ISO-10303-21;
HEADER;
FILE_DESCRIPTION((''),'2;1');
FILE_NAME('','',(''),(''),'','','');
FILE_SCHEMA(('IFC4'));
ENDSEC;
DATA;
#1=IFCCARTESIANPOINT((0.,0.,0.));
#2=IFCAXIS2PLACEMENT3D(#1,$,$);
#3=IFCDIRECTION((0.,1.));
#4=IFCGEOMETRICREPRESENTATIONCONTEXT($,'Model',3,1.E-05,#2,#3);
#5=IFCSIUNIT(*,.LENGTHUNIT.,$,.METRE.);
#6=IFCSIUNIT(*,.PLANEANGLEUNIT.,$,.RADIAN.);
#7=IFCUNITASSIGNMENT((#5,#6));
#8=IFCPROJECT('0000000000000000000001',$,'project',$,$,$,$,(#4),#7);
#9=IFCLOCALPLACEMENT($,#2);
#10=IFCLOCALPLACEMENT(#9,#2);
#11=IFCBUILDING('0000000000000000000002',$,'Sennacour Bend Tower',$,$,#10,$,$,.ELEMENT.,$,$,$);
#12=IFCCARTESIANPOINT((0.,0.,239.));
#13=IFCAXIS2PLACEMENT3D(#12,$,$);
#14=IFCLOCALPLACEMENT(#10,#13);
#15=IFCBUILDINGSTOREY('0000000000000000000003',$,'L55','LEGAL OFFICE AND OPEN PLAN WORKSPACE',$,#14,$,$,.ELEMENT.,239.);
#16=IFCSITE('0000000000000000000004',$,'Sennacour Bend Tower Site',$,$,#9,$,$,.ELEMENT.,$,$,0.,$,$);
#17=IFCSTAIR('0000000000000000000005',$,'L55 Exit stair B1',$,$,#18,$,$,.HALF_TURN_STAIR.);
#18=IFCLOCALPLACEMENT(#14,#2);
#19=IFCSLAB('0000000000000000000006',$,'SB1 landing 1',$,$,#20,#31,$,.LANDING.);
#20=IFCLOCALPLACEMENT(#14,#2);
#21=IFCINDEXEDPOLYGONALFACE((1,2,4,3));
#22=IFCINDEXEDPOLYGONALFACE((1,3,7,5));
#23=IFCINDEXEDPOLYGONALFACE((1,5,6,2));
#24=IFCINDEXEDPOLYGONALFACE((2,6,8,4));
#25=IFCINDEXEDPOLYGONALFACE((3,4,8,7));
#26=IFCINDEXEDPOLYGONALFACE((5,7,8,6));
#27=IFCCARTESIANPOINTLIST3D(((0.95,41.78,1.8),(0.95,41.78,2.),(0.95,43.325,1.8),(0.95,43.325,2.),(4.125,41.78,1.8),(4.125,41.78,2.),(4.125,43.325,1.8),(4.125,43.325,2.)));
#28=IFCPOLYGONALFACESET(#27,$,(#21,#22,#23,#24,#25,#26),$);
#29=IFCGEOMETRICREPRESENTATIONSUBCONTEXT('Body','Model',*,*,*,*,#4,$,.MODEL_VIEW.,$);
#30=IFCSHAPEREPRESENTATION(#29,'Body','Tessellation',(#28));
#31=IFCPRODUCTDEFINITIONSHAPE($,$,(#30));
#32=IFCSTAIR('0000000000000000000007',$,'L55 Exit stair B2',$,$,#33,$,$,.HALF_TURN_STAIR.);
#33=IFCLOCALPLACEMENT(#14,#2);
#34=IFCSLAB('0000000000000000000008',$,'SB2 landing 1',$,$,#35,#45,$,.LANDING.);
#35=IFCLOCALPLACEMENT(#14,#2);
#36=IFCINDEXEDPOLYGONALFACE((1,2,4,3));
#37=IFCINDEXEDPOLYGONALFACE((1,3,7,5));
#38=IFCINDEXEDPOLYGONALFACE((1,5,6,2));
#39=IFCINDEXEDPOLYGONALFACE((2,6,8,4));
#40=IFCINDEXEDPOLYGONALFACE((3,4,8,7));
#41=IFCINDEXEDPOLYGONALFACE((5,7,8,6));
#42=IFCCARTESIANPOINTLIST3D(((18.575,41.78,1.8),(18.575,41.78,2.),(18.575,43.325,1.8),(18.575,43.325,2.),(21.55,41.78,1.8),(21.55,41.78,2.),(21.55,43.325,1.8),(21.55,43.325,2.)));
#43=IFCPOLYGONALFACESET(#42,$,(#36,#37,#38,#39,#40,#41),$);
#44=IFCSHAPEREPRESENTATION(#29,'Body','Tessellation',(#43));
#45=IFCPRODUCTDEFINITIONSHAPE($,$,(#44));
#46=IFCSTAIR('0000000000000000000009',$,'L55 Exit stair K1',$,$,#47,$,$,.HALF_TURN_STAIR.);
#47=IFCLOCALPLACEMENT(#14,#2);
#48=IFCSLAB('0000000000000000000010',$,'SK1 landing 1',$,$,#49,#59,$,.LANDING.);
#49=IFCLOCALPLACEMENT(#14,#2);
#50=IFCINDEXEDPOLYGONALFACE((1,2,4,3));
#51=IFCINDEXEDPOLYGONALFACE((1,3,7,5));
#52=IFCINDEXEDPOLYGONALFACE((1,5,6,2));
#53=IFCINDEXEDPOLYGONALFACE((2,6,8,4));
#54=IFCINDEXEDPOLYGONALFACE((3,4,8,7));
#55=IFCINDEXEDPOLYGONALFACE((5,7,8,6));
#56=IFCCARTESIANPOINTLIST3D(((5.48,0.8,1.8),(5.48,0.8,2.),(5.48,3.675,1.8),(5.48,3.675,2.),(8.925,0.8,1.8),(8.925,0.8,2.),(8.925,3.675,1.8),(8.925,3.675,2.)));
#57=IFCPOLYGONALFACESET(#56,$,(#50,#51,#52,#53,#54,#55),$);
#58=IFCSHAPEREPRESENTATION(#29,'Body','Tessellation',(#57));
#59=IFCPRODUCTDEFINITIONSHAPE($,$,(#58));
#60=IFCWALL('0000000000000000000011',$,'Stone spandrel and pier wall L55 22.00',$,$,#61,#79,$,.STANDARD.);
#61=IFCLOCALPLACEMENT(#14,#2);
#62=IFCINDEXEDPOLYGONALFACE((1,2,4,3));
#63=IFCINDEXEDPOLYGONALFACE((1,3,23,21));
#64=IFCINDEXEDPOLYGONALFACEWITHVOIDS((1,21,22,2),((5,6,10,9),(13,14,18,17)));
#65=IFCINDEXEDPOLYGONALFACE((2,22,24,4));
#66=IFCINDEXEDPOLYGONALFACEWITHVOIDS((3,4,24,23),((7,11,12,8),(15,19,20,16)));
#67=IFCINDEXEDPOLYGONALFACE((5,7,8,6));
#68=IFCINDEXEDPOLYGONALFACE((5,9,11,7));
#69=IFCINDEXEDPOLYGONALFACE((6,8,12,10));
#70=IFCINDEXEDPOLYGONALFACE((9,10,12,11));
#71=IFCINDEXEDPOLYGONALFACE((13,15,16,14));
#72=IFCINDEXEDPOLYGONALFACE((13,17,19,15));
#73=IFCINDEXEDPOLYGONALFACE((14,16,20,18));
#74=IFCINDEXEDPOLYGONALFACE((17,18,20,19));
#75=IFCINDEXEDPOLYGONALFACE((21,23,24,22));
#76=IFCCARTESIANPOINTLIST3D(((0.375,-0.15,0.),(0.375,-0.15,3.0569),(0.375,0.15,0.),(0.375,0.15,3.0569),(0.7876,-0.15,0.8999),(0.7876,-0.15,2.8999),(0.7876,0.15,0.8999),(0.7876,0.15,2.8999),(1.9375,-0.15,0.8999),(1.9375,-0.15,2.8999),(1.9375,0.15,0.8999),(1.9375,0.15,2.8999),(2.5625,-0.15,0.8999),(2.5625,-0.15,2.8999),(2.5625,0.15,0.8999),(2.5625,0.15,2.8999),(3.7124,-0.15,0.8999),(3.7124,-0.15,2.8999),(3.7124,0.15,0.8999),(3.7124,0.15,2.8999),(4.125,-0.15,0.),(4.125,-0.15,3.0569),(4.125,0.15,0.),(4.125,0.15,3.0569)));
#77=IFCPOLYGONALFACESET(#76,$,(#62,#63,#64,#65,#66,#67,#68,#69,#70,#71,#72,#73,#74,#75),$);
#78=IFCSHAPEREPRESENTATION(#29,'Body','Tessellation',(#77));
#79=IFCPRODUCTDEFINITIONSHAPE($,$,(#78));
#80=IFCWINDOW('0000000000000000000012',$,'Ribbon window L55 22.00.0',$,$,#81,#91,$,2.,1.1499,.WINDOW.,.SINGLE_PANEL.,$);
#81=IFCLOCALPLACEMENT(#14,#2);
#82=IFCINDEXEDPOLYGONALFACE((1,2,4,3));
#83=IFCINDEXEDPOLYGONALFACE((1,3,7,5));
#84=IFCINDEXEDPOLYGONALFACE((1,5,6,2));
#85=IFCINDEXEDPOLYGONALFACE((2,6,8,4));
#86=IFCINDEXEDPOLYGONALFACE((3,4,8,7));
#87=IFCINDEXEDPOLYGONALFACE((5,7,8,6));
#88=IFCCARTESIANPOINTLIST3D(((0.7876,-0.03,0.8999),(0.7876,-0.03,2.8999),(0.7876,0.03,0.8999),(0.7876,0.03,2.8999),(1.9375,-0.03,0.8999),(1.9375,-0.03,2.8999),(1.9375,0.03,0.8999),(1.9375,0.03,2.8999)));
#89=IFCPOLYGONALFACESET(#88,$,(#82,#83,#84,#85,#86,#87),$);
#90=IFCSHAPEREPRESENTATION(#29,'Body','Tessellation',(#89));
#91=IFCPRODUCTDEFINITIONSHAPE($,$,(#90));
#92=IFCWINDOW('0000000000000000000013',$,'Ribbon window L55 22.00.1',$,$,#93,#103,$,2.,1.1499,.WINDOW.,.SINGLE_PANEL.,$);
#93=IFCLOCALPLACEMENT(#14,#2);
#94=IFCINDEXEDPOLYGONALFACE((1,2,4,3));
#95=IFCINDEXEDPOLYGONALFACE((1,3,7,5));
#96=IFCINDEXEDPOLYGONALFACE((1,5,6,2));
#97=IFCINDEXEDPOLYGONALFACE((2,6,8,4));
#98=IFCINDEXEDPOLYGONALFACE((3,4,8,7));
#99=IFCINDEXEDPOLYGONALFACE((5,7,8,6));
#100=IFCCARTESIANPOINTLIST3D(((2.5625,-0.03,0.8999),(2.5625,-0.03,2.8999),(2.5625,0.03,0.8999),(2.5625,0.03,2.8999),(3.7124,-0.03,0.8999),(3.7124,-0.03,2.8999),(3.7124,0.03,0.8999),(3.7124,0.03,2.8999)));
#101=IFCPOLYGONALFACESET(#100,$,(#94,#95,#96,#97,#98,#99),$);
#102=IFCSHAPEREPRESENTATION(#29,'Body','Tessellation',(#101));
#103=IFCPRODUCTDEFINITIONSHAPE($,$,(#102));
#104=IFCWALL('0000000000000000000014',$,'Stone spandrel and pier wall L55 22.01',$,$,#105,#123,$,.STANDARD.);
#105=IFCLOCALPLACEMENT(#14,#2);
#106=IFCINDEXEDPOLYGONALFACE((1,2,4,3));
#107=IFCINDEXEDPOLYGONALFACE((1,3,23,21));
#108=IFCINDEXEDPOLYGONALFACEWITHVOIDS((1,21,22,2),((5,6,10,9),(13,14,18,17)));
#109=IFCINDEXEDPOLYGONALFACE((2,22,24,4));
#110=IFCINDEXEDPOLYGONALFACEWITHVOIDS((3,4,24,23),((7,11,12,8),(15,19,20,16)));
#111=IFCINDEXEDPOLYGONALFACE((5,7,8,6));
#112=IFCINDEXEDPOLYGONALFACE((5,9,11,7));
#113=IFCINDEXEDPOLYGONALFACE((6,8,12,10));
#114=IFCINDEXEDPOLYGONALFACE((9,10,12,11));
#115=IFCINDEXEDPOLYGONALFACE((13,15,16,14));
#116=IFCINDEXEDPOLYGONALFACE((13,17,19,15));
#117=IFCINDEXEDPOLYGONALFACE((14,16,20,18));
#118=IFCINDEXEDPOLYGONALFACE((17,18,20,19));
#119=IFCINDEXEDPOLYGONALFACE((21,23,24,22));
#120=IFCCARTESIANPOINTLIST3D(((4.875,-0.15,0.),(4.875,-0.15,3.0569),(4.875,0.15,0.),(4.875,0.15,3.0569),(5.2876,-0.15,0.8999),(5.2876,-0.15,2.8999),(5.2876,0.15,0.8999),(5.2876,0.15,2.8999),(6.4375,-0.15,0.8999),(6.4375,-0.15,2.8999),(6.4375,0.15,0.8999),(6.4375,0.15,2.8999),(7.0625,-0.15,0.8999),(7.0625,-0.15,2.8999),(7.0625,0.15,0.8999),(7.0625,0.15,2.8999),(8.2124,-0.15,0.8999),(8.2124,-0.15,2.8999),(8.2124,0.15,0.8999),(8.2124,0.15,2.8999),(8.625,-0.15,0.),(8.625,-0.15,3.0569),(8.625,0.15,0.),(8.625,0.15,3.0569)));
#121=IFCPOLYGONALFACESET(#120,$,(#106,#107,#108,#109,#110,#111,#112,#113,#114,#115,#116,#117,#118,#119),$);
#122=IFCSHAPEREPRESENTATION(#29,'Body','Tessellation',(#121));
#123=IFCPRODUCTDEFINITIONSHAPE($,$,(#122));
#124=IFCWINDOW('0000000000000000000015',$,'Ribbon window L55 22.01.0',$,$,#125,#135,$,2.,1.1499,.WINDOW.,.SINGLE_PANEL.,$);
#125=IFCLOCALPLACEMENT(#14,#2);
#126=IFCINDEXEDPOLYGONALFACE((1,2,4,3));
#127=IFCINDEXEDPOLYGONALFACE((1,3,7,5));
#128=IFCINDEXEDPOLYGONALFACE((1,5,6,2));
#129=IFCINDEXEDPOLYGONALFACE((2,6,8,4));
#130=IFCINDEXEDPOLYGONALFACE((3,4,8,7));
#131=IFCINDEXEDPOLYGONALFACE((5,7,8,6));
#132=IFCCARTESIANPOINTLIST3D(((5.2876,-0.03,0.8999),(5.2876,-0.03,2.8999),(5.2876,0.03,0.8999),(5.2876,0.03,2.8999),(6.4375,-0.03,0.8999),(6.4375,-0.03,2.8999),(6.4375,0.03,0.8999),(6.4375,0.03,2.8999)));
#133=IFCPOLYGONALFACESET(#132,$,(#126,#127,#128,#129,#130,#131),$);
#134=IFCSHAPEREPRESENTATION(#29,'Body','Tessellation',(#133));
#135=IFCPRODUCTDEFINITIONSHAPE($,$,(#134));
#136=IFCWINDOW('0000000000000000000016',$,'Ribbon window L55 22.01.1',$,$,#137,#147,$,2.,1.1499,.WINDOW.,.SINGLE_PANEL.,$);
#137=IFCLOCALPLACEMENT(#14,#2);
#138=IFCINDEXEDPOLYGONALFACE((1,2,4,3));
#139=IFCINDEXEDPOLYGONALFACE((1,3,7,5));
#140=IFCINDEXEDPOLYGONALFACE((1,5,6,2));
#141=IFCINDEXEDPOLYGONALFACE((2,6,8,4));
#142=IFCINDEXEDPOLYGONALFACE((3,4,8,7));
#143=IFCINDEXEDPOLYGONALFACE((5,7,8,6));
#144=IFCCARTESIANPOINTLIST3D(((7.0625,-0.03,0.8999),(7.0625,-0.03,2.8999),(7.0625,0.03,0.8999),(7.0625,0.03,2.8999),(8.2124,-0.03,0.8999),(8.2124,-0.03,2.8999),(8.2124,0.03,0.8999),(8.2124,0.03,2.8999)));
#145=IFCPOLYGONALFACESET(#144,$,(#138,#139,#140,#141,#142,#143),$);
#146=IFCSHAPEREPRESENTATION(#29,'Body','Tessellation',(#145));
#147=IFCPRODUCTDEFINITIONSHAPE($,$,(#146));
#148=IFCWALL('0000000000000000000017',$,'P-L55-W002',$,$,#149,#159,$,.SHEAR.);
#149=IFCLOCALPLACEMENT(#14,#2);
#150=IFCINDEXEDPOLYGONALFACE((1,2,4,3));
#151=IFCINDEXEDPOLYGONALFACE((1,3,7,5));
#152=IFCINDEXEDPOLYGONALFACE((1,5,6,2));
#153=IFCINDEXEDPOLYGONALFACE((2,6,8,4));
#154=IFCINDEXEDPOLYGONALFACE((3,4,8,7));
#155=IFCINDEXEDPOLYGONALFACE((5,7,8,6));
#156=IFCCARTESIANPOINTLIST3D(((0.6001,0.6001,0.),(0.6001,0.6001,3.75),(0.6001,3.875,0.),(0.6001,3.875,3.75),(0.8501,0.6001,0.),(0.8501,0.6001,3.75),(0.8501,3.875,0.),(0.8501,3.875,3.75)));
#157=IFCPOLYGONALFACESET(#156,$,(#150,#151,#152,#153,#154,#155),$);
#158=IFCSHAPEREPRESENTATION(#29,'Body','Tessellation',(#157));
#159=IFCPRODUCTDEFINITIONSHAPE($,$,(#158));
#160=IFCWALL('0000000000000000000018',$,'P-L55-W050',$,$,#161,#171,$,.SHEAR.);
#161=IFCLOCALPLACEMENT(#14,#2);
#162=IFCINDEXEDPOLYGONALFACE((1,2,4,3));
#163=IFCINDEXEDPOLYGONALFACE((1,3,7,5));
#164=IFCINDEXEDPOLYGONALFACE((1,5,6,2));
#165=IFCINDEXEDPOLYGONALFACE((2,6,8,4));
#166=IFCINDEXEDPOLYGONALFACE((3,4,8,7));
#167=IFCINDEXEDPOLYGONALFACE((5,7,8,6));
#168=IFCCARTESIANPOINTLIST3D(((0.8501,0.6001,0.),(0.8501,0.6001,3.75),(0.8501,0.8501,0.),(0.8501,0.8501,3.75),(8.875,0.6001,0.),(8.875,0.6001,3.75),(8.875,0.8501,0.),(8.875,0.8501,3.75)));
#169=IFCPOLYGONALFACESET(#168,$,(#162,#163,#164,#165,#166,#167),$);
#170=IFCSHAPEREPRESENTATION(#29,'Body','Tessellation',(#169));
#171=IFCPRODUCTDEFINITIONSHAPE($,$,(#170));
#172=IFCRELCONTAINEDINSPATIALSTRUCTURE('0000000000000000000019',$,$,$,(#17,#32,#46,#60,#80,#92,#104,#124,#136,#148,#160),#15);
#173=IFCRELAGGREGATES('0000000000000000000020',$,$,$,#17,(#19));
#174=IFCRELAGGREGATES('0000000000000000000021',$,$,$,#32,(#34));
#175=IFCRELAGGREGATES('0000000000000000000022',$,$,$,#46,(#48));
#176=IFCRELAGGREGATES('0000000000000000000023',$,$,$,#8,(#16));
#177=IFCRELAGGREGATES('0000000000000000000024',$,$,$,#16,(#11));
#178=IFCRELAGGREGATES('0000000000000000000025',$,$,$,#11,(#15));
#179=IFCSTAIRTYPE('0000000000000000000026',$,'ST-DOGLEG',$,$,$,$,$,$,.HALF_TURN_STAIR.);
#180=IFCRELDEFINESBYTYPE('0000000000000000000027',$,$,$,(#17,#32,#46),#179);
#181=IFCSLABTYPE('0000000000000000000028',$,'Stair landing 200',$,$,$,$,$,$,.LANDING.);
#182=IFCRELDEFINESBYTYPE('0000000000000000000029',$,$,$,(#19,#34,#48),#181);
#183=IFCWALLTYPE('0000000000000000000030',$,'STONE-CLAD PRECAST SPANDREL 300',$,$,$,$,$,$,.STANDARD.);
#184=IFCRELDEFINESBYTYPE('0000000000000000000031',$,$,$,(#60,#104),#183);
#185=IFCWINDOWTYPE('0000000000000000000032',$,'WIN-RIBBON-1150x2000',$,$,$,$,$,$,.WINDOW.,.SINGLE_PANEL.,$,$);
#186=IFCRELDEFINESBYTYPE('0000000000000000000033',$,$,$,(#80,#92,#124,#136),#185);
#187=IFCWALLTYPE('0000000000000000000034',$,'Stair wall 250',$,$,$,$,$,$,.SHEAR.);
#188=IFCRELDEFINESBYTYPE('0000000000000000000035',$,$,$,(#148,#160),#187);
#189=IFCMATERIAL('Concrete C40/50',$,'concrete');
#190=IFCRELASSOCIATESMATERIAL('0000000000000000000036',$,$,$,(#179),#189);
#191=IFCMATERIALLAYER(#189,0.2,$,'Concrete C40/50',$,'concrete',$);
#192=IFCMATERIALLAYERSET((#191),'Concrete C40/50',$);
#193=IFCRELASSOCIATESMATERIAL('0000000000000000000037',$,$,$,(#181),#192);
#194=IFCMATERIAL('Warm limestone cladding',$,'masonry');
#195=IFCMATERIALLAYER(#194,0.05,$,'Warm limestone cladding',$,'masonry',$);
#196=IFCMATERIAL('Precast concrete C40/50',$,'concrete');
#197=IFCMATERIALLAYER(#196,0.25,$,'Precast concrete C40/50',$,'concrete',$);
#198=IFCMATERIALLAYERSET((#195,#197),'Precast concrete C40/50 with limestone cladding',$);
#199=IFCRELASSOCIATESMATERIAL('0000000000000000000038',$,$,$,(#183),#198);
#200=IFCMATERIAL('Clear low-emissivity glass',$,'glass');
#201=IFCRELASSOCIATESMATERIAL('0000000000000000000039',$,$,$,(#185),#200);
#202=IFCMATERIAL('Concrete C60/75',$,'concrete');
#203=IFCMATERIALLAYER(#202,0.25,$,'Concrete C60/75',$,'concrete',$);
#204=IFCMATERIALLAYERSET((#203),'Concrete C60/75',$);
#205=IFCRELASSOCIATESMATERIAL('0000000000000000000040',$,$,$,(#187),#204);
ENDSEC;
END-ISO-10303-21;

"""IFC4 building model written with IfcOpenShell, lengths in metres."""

from ifc_helpers import new_model, si_unit, direction, frame, frame_2d, origin, place, context, subcontext, project, spatial, polyline, rectangle, outline, extrude, material, layer, layer_set, type_object, element, fill, aggregate, save


model = new_model("IFC4")

# Units and contexts
model_context = context("Model", 3, precision=1e-05, world=origin(), true_north=direction((0.0, 1.0)))
body_context = subcontext(model_context, "Body", "Model", "MODEL_VIEW")
ifc_project = project(units=[si_unit("LENGTHUNIT", "METRE"), si_unit("PLANEANGLEUNIT", "RADIAN")], contexts=[model_context])

# Site, building, storey
site_placement = place(None, origin())
site = spatial("IfcSite", under=ifc_project, at=site_placement, Name="Sennacour Bend Tower Site", CompositionType="ELEMENT", RefElevation=0.0)
building_placement = place(site_placement, origin())
building = spatial("IfcBuilding", under=site, at=building_placement, Name="Sennacour Bend Tower", CompositionType="ELEMENT")
storey_placement = place(building_placement, frame((0.0, 0.0, 239.0)))
storey = spatial("IfcBuildingStorey", under=building, at=storey_placement, Name="L55", Description="LEGAL OFFICE AND OPEN PLAN WORKSPACE", CompositionType="ELEMENT", Elevation=239.0)

# Stairs, slabs
ifc_material_1 = material(Name="Concrete C40/50", Category="concrete")
stair_type = type_object("IfcStairType", Name="ST-DOGLEG", PredefinedType="HALF_TURN_STAIR", material=ifc_material_1)
ifc_layer_1 = layer(ifc_material_1, 0.2, Name="Concrete C40/50", Category="concrete")
ifc_layer_set_1 = layer_set([ifc_layer_1], Name="Concrete C40/50")
slab_type_1 = type_object("IfcSlabType", Name="Stair landing 200", PredefinedType="LANDING", material=ifc_layer_set_1)
stair_1_placement = place(storey_placement, origin())
stair_1 = element("IfcStair", 1, at=stair_1_placement, inside=storey, type_object=stair_type, Name="L55 Exit stair B1", PredefinedType="HALF_TURN_STAIR")
slab_1_placement = place(storey_placement, frame((0.0, 0.0, 1.8)))
slab_1 = element("IfcSlab", 2, at=slab_1_placement, type_object=slab_type_1, Name="SB1 landing 1", PredefinedType="LANDING", context=body_context, shape_type="SweptSolid", body=[
    extrude(outline(polyline([(0.95, 41.78), (4.125, 41.78), (4.125, 43.325), (0.95, 43.325), (0.95, 41.78)])), origin(), (0.0, 0.0, 1.0), 0.2),
])
aggregate(stair_1, [slab_1])
stair_2_placement = place(storey_placement, origin())
stair_2 = element("IfcStair", 3, at=stair_2_placement, inside=storey, type_object=stair_type, Name="L55 Exit stair B2", PredefinedType="HALF_TURN_STAIR")
slab_2_placement = place(storey_placement, frame((0.0, 0.0, 1.8)))
slab_2 = element("IfcSlab", 4, at=slab_2_placement, type_object=slab_type_1, Name="SB2 landing 1", PredefinedType="LANDING", context=body_context, shape_type="SweptSolid", body=[
    extrude(outline(polyline([(18.575, 41.78), (21.55, 41.78), (21.55, 43.325), (18.575, 43.325), (18.575, 41.78)])), origin(), (0.0, 0.0, 1.0), 0.2),
])
aggregate(stair_2, [slab_2])
stair_3_placement = place(storey_placement, origin())
stair_3 = element("IfcStair", 5, at=stair_3_placement, inside=storey, type_object=stair_type, Name="L55 Exit stair K1", PredefinedType="HALF_TURN_STAIR")
slab_3_placement = place(storey_placement, frame((0.0, 0.0, 1.8)))
slab_3 = element("IfcSlab", 6, at=slab_3_placement, type_object=slab_type_1, Name="SK1 landing 1", PredefinedType="LANDING", context=body_context, shape_type="SweptSolid", body=[
    extrude(outline(polyline([(5.48, 0.8), (8.925, 0.8), (8.925, 3.675), (5.48, 3.675), (5.48, 0.8)])), origin(), (0.0, 0.0, 1.0), 0.2),
])

# Walls, openings, windows
ifc_material_2 = material(Name="Warm limestone cladding", Category="masonry")
ifc_layer_2 = layer(ifc_material_2, 0.05, Name="Warm limestone cladding", Category="masonry")
ifc_material_3 = material(Name="Precast concrete C40/50", Category="concrete")
ifc_layer_3 = layer(ifc_material_3, 0.25, Name="Precast concrete C40/50", Category="concrete")
ifc_layer_set_2 = layer_set([ifc_layer_2, ifc_layer_3], Name="Precast concrete C40/50 with limestone cladding")
wall_type_1 = type_object("IfcWallType", Name="STONE-CLAD PRECAST SPANDREL 300", PredefinedType="STANDARD", material=ifc_layer_set_2)
wall_1_placement = place(storey_placement, frame((0.375, 0.0, 0.0), z_axis=(0.0, 0.0, 1.0), x_axis=(1.0, 0.0, 0.0)))
wall_1 = element("IfcWall", 7, at=wall_1_placement, inside=storey, type_object=wall_type_1, Name="Stone spandrel and pier wall L55 22.00", PredefinedType="STANDARD", context=body_context, shape_type="SweptSolid", body=[
    extrude(rectangle(XDim=3.75, YDim=0.3, at=frame_2d((1.875, 0.0))), origin(), (0.0, 0.0, 1.0), 3.0569),
])
opening_1_placement = place(wall_1_placement, frame((0.4126, 0.0, 0.8999)))
opening_1 = element("IfcOpeningElement", 8, at=opening_1_placement, cuts=wall_1, PredefinedType="OPENING", context=body_context, shape_type="SweptSolid", body=[
    extrude(rectangle(XDim=1.1499, YDim=2.0, at=frame_2d((0.575, 1.0))), frame((0.0, 0.1602, 0.0), z_axis=(0.0, -1.0, 0.0), x_axis=(1.0, 0.0, 0.0)), (0.0, 0.0, 1.0), 0.3201),
])
opening_2_placement = place(wall_1_placement, frame((2.1875, 0.0, 0.8999)))
opening_2 = element("IfcOpeningElement", 9, at=opening_2_placement, cuts=wall_1, PredefinedType="OPENING", context=body_context, shape_type="SweptSolid", body=[
    extrude(rectangle(XDim=1.1499, YDim=2.0, at=frame_2d((0.575, 1.0))), frame((0.0, 0.1602, 0.0), z_axis=(0.0, -1.0, 0.0), x_axis=(1.0, 0.0, 0.0)), (0.0, 0.0, 1.0), 0.3201),
])
ifc_material_4 = material(Name="Clear low-emissivity glass", Category="glass")
window_type = type_object("IfcWindowType", Name="WIN-RIBBON-1150x2000", PartitioningType="SINGLE_PANEL", PredefinedType="WINDOW", material=ifc_material_4)
window_1_placement = place(opening_1_placement, origin())
window_1 = element("IfcWindow", 10, at=window_1_placement, inside=storey, type_object=window_type, Name="Ribbon window L55 22.00.0", OverallHeight=2.0, OverallWidth=1.1499, PartitioningType="SINGLE_PANEL", PredefinedType="WINDOW", context=body_context, shape_type="SweptSolid", body=[
    extrude(rectangle(XDim=1.1499, YDim=2.0, at=frame_2d((0.575, 1.0))), frame((0.0, 0.03, 0.0), z_axis=(0.0, -1.0, 0.0), x_axis=(1.0, 0.0, 0.0)), (0.0, 0.0, 1.0), 0.0601),
])
fill(opening_1, window_1)
window_2_placement = place(opening_2_placement, origin())
window_2 = element("IfcWindow", 11, at=window_2_placement, inside=storey, type_object=window_type, Name="Ribbon window L55 22.00.1", OverallHeight=2.0, OverallWidth=1.1499, PartitioningType="SINGLE_PANEL", PredefinedType="WINDOW", context=body_context, shape_type="SweptSolid", body=[
    extrude(rectangle(XDim=1.1499, YDim=2.0, at=frame_2d((0.575, 1.0))), frame((0.0, 0.03, 0.0), z_axis=(0.0, -1.0, 0.0), x_axis=(1.0, 0.0, 0.0)), (0.0, 0.0, 1.0), 0.0601),
])
fill(opening_2, window_2)
wall_2_placement = place(storey_placement, frame((4.875, 0.0, 0.0), z_axis=(0.0, 0.0, 1.0), x_axis=(1.0, 0.0, 0.0)))
wall_2 = element("IfcWall", 12, at=wall_2_placement, inside=storey, type_object=wall_type_1, Name="Stone spandrel and pier wall L55 22.01", PredefinedType="STANDARD", context=body_context, shape_type="SweptSolid", body=[
    extrude(rectangle(XDim=3.75, YDim=0.3, at=frame_2d((1.875, 0.0))), origin(), (0.0, 0.0, 1.0), 3.0569),
])
opening_3_placement = place(wall_2_placement, frame((0.4126, 0.0, 0.8999)))
opening_3 = element("IfcOpeningElement", 13, at=opening_3_placement, cuts=wall_2, PredefinedType="OPENING", context=body_context, shape_type="SweptSolid", body=[
    extrude(rectangle(XDim=1.1499, YDim=2.0, at=frame_2d((0.575, 1.0))), frame((0.0, 0.1602, 0.0), z_axis=(0.0, -1.0, 0.0), x_axis=(1.0, 0.0, 0.0)), (0.0, 0.0, 1.0), 0.3201),
])
opening_4_placement = place(wall_2_placement, frame((2.1875, 0.0, 0.8999)))
opening_4 = element("IfcOpeningElement", 14, at=opening_4_placement, cuts=wall_2, PredefinedType="OPENING", context=body_context, shape_type="SweptSolid", body=[
    extrude(rectangle(XDim=1.1499, YDim=2.0, at=frame_2d((0.575, 1.0))), frame((0.0, 0.1602, 0.0), z_axis=(0.0, -1.0, 0.0), x_axis=(1.0, 0.0, 0.0)), (0.0, 0.0, 1.0), 0.3201),
])
window_3_placement = place(opening_3_placement, origin())
window_3 = element("IfcWindow", 15, at=window_3_placement, inside=storey, type_object=window_type, Name="Ribbon window L55 22.01.0", OverallHeight=2.0, OverallWidth=1.1499, PartitioningType="SINGLE_PANEL", PredefinedType="WINDOW", context=body_context, shape_type="SweptSolid", body=[
    extrude(rectangle(XDim=1.1499, YDim=2.0, at=frame_2d((0.575, 1.0))), frame((0.0, 0.03, 0.0), z_axis=(0.0, -1.0, 0.0), x_axis=(1.0, 0.0, 0.0)), (0.0, 0.0, 1.0), 0.0601),
])
fill(opening_3, window_3)
window_4_placement = place(opening_4_placement, origin())
window_4 = element("IfcWindow", 16, at=window_4_placement, inside=storey, type_object=window_type, Name="Ribbon window L55 22.01.1", OverallHeight=2.0, OverallWidth=1.1499, PartitioningType="SINGLE_PANEL", PredefinedType="WINDOW", context=body_context, shape_type="SweptSolid", body=[
    extrude(rectangle(XDim=1.1499, YDim=2.0, at=frame_2d((0.575, 1.0))), frame((0.0, 0.03, 0.0), z_axis=(0.0, -1.0, 0.0), x_axis=(1.0, 0.0, 0.0)), (0.0, 0.0, 1.0), 0.0601),
])
fill(opening_4, window_4)

# Walls
ifc_material_5 = material(Name="Concrete C60/75", Category="concrete")
ifc_layer_4 = layer(ifc_material_5, 0.25, Name="Concrete C60/75", Category="concrete")
ifc_layer_set_3 = layer_set([ifc_layer_4], Name="Concrete C60/75")
wall_type_2 = type_object("IfcWallType", Name="Stair wall 250", PredefinedType="SHEAR", material=ifc_layer_set_3)
wall_3_placement = place(storey_placement, frame((0.7251, 0.6001, 0.0), z_axis=(0.0, 0.0, 1.0), x_axis=(0.0, 1.0, 0.0)))
element("IfcWall", 17, at=wall_3_placement, inside=storey, type_object=wall_type_2, Name="P-L55-W002", PredefinedType="SHEAR", context=body_context, shape_type="SweptSolid", body=[
    extrude(rectangle(XDim=3.2749, YDim=0.25, at=frame_2d((1.6375, 0.0))), origin(), (0.0, 0.0, 1.0), 3.75),
])
wall_4_placement = place(storey_placement, frame((0.8501, 0.7251, 0.0), z_axis=(0.0, 0.0, 1.0), x_axis=(1.0, 0.0, 0.0)))
element("IfcWall", 18, at=wall_4_placement, inside=storey, type_object=wall_type_2, Name="P-L55-W050", PredefinedType="SHEAR", context=body_context, shape_type="SweptSolid", body=[
    extrude(rectangle(XDim=8.0249, YDim=0.25, at=frame_2d((4.0125, 0.0))), origin(), (0.0, 0.0, 1.0), 3.75),
])

aggregate(stair_3, [slab_3])

save(model, "model.ifc")
